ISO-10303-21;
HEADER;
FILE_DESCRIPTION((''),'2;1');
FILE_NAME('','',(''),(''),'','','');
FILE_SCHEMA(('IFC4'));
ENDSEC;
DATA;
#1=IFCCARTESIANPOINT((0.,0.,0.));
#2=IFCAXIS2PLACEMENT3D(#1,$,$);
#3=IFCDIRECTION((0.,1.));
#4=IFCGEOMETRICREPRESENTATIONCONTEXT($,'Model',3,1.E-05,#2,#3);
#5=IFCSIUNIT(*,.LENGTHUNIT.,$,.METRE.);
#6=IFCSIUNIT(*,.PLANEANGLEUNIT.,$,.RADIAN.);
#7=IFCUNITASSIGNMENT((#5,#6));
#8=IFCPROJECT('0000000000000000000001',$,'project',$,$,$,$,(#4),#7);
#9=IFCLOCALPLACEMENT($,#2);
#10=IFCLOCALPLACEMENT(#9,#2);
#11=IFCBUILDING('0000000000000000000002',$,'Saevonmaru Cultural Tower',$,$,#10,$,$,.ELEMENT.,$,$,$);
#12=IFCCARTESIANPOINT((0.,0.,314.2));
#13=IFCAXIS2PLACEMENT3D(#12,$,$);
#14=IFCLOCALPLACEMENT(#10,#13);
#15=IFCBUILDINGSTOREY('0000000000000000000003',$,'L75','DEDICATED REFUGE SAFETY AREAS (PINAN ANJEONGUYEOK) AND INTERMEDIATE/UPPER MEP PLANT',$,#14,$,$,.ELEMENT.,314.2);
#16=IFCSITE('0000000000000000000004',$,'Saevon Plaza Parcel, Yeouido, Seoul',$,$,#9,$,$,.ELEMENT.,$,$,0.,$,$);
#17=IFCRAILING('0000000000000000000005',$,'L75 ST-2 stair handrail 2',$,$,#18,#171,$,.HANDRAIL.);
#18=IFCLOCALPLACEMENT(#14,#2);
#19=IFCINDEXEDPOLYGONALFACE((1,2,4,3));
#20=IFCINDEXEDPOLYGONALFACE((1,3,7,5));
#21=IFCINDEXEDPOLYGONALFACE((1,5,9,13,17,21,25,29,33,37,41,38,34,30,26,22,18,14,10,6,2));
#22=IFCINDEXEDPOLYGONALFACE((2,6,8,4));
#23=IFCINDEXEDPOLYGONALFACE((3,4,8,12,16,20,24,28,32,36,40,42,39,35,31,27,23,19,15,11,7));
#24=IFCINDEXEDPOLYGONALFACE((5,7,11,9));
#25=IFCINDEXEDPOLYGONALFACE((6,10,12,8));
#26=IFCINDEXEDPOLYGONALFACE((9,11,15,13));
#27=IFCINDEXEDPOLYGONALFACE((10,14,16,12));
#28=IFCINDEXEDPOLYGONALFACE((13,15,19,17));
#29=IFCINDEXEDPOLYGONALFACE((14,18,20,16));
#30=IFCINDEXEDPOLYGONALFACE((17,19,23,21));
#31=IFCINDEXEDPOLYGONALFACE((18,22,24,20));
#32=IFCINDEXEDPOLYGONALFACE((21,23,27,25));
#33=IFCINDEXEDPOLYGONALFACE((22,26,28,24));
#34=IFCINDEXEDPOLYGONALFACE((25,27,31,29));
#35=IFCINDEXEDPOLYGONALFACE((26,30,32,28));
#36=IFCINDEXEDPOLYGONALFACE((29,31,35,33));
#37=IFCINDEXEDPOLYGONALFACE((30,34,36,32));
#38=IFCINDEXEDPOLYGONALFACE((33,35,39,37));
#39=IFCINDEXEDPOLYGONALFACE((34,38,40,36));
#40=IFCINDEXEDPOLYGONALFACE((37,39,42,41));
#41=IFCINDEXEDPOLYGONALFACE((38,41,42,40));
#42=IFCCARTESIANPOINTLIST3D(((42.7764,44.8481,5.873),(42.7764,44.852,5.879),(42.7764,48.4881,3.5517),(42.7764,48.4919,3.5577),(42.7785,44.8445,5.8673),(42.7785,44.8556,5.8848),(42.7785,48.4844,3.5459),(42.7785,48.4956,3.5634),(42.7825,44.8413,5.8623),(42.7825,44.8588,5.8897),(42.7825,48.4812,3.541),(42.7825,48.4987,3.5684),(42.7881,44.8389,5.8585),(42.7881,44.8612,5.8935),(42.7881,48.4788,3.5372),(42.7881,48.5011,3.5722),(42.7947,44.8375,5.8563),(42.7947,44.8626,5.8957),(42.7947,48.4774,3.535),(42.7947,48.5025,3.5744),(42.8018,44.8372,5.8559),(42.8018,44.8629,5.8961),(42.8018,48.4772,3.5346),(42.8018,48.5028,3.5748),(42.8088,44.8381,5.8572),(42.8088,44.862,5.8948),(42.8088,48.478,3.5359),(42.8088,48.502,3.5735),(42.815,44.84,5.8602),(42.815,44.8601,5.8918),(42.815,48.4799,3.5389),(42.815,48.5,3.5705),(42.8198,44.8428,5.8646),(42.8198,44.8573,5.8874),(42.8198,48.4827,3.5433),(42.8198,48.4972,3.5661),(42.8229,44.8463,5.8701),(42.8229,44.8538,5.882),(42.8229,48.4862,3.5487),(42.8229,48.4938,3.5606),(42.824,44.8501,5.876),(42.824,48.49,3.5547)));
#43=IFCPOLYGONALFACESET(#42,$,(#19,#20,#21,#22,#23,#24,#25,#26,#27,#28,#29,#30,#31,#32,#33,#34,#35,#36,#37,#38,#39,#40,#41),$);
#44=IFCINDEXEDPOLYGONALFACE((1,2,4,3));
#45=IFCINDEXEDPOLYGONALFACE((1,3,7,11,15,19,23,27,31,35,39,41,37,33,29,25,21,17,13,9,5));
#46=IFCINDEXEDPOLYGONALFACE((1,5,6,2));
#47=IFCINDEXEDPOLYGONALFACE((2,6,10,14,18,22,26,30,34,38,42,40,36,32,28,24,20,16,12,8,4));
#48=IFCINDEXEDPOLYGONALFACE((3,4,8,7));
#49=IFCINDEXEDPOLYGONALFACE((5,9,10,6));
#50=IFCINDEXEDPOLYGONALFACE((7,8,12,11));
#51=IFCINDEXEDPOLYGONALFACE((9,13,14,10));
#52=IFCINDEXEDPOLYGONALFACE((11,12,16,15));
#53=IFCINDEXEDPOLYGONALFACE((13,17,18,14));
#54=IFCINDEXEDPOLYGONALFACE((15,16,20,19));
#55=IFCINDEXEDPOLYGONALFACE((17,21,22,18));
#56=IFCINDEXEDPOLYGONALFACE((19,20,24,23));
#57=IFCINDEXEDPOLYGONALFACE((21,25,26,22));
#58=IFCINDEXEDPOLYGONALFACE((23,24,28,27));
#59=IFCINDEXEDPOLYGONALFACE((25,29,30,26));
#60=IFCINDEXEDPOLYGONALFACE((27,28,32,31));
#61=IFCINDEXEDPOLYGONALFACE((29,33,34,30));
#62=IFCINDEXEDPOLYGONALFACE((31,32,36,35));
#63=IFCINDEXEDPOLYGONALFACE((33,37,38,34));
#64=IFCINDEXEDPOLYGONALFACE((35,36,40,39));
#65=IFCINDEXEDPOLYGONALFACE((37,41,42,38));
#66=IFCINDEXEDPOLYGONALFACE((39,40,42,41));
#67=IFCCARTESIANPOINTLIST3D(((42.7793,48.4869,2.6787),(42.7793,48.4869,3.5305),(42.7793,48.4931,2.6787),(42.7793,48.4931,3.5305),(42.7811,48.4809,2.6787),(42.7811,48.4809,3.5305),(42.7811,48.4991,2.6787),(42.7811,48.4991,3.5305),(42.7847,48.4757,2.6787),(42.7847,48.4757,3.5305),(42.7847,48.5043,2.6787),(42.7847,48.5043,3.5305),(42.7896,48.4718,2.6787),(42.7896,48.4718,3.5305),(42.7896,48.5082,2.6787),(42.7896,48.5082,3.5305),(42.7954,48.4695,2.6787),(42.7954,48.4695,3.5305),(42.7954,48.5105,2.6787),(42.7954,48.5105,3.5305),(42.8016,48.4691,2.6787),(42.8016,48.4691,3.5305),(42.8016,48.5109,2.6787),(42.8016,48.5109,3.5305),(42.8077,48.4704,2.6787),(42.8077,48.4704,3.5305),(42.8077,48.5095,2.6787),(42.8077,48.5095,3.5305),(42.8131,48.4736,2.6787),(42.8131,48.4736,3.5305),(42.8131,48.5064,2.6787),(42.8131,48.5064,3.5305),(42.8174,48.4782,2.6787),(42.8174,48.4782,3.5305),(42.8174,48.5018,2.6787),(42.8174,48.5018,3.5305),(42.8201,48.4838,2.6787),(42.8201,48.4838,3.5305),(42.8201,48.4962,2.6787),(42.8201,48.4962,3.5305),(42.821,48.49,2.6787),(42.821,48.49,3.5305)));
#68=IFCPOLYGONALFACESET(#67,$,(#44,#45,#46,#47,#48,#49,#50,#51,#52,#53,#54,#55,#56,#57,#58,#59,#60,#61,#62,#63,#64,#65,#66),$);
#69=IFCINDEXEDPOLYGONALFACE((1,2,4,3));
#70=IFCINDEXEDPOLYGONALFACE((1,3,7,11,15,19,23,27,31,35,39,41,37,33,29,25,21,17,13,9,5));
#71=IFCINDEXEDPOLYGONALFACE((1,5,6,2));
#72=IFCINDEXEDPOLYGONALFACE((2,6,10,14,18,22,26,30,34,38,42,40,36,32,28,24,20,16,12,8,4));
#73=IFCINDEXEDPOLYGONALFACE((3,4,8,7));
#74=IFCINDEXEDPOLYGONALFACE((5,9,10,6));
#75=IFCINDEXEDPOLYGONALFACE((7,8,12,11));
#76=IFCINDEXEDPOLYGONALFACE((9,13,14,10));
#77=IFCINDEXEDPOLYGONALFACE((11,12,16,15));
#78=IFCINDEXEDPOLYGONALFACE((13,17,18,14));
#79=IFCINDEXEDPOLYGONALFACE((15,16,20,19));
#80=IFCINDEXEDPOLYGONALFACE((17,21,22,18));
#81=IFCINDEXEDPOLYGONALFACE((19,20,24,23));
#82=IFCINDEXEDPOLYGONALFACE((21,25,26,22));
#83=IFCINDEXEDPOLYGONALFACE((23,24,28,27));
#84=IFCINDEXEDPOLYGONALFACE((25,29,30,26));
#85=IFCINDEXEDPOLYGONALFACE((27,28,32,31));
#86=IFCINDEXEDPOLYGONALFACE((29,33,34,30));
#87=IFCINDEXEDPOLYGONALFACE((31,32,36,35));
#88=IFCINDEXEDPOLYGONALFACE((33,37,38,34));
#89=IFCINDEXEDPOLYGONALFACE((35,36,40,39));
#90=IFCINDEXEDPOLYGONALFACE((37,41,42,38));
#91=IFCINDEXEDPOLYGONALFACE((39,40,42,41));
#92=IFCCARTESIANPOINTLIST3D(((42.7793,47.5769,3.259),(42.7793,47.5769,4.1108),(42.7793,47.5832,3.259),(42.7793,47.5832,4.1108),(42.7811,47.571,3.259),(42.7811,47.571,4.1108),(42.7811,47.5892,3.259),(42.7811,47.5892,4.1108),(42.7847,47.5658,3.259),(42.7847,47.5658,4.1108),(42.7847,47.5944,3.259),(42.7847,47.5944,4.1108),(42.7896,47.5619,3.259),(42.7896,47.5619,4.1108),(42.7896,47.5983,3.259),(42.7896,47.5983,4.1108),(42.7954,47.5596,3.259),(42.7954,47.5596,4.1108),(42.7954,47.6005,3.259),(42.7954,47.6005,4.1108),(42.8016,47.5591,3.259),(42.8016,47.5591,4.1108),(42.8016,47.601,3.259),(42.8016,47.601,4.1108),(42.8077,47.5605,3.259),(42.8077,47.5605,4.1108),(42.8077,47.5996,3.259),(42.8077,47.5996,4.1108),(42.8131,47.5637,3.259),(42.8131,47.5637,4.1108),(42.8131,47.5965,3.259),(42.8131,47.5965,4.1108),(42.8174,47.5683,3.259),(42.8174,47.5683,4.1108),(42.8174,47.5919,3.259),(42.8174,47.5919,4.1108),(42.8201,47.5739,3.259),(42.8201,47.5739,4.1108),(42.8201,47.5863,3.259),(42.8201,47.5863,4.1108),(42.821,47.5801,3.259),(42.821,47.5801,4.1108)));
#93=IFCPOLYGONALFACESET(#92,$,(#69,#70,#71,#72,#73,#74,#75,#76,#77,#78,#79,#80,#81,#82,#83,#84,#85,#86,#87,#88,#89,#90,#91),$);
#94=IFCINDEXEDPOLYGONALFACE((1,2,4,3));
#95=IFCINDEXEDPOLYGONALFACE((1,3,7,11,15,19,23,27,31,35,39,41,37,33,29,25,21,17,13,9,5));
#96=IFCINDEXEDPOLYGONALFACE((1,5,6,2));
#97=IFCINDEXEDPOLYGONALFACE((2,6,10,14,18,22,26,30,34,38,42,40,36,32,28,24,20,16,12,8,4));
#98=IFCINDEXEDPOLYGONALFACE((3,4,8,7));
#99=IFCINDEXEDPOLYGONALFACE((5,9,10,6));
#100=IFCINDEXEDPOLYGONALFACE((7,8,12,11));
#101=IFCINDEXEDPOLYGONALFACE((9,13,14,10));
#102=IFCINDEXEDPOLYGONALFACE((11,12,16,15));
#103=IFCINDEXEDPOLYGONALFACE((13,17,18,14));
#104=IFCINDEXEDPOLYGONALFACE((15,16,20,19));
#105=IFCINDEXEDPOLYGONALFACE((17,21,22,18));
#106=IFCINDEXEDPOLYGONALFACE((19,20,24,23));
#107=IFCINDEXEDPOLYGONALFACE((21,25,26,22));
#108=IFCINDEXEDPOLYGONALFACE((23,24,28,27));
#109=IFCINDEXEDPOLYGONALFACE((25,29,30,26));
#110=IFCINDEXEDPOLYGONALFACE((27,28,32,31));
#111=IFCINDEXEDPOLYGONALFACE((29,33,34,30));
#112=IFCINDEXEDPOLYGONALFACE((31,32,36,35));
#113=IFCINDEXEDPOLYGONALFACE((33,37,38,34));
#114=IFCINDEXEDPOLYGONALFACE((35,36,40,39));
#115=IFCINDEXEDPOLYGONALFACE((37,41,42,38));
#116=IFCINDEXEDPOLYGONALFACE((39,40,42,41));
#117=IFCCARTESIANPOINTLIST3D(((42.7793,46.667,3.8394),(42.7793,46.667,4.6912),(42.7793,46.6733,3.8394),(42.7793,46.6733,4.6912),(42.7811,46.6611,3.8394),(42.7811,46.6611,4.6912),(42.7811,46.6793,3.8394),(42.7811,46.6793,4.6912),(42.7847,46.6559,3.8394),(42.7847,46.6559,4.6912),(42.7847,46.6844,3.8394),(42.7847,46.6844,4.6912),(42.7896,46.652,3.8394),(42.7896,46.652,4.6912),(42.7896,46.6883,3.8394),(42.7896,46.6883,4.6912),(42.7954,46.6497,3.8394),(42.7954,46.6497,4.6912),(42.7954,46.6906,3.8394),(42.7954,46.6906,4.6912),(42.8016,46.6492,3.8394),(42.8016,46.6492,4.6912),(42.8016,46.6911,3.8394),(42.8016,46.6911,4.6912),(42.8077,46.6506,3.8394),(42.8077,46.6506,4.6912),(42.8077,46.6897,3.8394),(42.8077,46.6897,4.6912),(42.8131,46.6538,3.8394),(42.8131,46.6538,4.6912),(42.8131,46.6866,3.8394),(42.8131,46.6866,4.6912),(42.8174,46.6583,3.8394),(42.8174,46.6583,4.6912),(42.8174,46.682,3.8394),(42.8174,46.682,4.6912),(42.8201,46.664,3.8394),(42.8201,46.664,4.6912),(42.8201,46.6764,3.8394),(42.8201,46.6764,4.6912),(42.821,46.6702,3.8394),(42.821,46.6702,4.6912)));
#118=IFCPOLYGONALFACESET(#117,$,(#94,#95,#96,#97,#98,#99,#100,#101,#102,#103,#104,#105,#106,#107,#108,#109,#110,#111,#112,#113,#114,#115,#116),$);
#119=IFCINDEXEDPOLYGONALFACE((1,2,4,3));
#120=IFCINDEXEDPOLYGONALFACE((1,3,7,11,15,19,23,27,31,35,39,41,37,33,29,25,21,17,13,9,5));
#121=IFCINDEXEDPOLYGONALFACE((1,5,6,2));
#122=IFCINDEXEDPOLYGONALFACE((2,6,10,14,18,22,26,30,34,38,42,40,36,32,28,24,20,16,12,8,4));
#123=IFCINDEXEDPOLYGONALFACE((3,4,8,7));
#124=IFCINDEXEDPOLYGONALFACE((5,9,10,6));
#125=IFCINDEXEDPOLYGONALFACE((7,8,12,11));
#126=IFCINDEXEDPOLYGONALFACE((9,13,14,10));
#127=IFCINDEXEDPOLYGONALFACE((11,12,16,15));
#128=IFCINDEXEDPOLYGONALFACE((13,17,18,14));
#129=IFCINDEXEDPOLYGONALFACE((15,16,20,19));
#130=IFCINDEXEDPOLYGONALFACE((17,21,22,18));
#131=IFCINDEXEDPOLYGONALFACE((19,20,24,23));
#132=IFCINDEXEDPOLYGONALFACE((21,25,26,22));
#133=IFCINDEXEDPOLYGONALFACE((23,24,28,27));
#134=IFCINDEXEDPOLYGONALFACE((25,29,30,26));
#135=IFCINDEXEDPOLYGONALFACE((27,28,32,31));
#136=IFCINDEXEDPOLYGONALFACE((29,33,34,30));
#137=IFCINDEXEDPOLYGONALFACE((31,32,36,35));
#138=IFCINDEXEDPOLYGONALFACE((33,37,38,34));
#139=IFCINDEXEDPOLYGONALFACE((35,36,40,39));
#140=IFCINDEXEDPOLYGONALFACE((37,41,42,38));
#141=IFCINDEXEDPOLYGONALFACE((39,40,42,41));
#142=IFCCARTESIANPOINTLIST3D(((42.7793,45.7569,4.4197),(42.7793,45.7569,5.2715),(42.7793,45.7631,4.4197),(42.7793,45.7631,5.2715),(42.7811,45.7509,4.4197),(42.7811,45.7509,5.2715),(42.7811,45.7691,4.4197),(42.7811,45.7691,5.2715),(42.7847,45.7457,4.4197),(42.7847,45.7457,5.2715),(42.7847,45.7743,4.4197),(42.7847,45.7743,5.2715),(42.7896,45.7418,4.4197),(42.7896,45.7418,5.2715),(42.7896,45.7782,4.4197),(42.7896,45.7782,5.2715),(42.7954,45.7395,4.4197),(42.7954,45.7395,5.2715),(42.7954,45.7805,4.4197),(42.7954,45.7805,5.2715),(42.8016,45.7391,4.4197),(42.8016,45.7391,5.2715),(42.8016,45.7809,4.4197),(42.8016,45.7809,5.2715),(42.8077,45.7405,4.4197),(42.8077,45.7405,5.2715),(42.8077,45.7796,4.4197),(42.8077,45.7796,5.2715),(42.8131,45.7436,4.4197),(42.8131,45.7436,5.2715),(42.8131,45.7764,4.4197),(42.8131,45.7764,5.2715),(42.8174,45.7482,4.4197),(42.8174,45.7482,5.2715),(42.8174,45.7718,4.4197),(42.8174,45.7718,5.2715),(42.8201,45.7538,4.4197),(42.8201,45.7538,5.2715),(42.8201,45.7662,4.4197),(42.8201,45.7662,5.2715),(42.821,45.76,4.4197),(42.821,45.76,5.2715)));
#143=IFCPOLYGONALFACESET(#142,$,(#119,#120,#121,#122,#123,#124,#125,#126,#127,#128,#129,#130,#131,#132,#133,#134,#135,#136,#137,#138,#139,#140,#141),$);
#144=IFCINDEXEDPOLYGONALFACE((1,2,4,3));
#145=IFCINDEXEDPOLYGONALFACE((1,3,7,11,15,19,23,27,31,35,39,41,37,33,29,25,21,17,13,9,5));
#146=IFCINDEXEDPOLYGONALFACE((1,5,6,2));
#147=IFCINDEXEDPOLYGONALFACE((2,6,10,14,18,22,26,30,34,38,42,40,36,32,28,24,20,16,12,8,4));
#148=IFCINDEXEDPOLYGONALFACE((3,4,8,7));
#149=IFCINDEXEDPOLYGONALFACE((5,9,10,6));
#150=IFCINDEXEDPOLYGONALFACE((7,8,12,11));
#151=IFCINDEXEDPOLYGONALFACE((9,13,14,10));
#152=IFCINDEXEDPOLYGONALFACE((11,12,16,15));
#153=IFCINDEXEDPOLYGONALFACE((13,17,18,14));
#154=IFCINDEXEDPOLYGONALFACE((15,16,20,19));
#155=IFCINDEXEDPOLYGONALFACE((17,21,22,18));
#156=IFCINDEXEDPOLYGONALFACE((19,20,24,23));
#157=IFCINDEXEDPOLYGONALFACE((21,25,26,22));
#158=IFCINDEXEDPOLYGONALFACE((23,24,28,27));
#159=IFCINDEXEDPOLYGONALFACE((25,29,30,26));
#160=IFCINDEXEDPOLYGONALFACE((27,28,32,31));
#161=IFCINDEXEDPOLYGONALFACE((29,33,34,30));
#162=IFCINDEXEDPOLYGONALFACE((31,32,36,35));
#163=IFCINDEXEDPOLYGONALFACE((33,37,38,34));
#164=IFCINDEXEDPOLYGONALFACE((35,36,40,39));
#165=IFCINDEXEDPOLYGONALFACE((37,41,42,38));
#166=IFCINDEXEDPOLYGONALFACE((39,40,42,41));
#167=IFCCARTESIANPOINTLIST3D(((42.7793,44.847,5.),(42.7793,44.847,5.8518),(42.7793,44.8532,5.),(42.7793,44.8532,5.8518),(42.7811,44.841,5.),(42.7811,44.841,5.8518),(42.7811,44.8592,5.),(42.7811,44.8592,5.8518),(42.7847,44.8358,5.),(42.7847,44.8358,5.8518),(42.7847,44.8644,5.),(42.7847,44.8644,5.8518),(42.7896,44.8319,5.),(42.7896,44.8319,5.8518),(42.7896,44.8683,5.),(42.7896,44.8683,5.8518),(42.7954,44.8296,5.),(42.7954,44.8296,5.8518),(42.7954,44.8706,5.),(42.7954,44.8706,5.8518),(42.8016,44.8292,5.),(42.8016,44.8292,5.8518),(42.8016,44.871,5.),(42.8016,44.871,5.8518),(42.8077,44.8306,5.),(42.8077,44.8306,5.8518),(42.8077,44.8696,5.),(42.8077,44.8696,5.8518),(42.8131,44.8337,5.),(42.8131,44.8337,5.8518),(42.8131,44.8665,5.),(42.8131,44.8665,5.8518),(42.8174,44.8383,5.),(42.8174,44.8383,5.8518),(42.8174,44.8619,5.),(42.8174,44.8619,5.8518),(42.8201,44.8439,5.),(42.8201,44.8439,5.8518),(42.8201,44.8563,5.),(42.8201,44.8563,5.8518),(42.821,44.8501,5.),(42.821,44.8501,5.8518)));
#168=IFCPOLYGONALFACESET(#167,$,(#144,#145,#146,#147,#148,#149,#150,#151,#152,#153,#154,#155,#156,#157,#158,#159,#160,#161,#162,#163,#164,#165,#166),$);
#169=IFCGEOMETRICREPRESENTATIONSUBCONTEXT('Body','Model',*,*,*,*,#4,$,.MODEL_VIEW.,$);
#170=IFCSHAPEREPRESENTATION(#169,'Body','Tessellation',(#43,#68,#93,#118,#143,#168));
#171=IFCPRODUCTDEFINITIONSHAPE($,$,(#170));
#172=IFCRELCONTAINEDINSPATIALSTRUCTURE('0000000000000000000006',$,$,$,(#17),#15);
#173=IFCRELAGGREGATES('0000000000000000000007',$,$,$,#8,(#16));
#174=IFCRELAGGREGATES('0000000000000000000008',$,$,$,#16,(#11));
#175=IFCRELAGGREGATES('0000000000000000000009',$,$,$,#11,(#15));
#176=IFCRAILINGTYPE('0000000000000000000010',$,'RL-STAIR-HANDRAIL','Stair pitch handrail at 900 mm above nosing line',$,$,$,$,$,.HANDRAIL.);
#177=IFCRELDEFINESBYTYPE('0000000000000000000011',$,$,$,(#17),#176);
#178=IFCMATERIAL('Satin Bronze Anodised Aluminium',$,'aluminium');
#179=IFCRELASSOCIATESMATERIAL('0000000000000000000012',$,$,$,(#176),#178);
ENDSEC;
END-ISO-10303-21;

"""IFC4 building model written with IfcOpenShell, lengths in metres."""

from ifc_helpers import new_model, si_unit, direction, frame, origin, origin_2d, place, context, subcontext, project, spatial, circle, extrude, material, type_object, element, save


model = new_model("IFC4")

# Units and contexts
model_context = context("Model", 3, precision=1e-05, world=origin(), true_north=direction((0.0, 1.0)))
body_context = subcontext(model_context, "Body", "Model", "MODEL_VIEW")
ifc_project = project(units=[si_unit("LENGTHUNIT", "METRE"), si_unit("PLANEANGLEUNIT", "RADIAN")], contexts=[model_context])

# Site, building, storey
site_placement = place(None, origin())
site = spatial("IfcSite", under=ifc_project, at=site_placement, Name="Saevon Plaza Parcel, Yeouido, Seoul", CompositionType="ELEMENT", RefElevation=0.0)
building_placement = place(site_placement, origin())
building = spatial("IfcBuilding", under=site, at=building_placement, Name="Saevonmaru Cultural Tower", CompositionType="ELEMENT")
storey_placement = place(building_placement, frame((0.0, 0.0, 314.2)))
storey = spatial("IfcBuildingStorey", under=building, at=storey_placement, Name="L75", Description="DEDICATED REFUGE SAFETY AREAS (PINAN ANJEONGUYEOK) AND INTERMEDIATE/UPPER MEP PLANT", CompositionType="ELEMENT", Elevation=314.2)

# Shared definitions
ifc_material_1 = material(Name="Satin Bronze Anodised Aluminium", Category="aluminium")

# Railing
railing_type_1 = type_object("IfcRailingType", Name="RL-STAIR-HANDRAIL", Description="Stair pitch handrail at 900 mm above nosing line", PredefinedType="HANDRAIL", material=ifc_material_1)
railing_1_placement = place(storey_placement, frame((42.8, 48.49, 2.6787)))
element("IfcRailing", 1, at=railing_1_placement, inside=storey, type_object=railing_type_1, Name="L75 ST-2 stair handrail 2", PredefinedType="HANDRAIL", context=body_context, shape_type="SweptSolid", body=[
    extrude(circle(Radius=0.0239, at=origin_2d()), frame((0.0, 0.0, 0.876), z_axis=(0.0, -0.843137, 0.537699), x_axis=(1.0, 0.0, 0.0)), (0.0, 0.0, 1.0), 4.3171),
    extrude(circle(Radius=0.021, at=origin_2d()), origin(), (0.0, 0.0, 1.0), 0.8518),
    extrude(circle(Radius=0.021, at=origin_2d()), frame((0.0, -0.9099, 0.5803)), (0.0, 0.0, 1.0), 0.8518),
    extrude(circle(Radius=0.021, at=origin_2d()), frame((0.0, -1.8198, 1.1606)), (0.0, 0.0, 1.0), 0.8518),
    extrude(circle(Radius=0.021, at=origin_2d()), frame((0.0, -2.73, 1.741)), (0.0, 0.0, 1.0), 0.8518),
    extrude(circle(Radius=0.021, at=origin_2d()), frame((0.0, -3.6399, 2.3213)), (0.0, 0.0, 1.0), 0.8518),
])

save(model, "model.ifc")
